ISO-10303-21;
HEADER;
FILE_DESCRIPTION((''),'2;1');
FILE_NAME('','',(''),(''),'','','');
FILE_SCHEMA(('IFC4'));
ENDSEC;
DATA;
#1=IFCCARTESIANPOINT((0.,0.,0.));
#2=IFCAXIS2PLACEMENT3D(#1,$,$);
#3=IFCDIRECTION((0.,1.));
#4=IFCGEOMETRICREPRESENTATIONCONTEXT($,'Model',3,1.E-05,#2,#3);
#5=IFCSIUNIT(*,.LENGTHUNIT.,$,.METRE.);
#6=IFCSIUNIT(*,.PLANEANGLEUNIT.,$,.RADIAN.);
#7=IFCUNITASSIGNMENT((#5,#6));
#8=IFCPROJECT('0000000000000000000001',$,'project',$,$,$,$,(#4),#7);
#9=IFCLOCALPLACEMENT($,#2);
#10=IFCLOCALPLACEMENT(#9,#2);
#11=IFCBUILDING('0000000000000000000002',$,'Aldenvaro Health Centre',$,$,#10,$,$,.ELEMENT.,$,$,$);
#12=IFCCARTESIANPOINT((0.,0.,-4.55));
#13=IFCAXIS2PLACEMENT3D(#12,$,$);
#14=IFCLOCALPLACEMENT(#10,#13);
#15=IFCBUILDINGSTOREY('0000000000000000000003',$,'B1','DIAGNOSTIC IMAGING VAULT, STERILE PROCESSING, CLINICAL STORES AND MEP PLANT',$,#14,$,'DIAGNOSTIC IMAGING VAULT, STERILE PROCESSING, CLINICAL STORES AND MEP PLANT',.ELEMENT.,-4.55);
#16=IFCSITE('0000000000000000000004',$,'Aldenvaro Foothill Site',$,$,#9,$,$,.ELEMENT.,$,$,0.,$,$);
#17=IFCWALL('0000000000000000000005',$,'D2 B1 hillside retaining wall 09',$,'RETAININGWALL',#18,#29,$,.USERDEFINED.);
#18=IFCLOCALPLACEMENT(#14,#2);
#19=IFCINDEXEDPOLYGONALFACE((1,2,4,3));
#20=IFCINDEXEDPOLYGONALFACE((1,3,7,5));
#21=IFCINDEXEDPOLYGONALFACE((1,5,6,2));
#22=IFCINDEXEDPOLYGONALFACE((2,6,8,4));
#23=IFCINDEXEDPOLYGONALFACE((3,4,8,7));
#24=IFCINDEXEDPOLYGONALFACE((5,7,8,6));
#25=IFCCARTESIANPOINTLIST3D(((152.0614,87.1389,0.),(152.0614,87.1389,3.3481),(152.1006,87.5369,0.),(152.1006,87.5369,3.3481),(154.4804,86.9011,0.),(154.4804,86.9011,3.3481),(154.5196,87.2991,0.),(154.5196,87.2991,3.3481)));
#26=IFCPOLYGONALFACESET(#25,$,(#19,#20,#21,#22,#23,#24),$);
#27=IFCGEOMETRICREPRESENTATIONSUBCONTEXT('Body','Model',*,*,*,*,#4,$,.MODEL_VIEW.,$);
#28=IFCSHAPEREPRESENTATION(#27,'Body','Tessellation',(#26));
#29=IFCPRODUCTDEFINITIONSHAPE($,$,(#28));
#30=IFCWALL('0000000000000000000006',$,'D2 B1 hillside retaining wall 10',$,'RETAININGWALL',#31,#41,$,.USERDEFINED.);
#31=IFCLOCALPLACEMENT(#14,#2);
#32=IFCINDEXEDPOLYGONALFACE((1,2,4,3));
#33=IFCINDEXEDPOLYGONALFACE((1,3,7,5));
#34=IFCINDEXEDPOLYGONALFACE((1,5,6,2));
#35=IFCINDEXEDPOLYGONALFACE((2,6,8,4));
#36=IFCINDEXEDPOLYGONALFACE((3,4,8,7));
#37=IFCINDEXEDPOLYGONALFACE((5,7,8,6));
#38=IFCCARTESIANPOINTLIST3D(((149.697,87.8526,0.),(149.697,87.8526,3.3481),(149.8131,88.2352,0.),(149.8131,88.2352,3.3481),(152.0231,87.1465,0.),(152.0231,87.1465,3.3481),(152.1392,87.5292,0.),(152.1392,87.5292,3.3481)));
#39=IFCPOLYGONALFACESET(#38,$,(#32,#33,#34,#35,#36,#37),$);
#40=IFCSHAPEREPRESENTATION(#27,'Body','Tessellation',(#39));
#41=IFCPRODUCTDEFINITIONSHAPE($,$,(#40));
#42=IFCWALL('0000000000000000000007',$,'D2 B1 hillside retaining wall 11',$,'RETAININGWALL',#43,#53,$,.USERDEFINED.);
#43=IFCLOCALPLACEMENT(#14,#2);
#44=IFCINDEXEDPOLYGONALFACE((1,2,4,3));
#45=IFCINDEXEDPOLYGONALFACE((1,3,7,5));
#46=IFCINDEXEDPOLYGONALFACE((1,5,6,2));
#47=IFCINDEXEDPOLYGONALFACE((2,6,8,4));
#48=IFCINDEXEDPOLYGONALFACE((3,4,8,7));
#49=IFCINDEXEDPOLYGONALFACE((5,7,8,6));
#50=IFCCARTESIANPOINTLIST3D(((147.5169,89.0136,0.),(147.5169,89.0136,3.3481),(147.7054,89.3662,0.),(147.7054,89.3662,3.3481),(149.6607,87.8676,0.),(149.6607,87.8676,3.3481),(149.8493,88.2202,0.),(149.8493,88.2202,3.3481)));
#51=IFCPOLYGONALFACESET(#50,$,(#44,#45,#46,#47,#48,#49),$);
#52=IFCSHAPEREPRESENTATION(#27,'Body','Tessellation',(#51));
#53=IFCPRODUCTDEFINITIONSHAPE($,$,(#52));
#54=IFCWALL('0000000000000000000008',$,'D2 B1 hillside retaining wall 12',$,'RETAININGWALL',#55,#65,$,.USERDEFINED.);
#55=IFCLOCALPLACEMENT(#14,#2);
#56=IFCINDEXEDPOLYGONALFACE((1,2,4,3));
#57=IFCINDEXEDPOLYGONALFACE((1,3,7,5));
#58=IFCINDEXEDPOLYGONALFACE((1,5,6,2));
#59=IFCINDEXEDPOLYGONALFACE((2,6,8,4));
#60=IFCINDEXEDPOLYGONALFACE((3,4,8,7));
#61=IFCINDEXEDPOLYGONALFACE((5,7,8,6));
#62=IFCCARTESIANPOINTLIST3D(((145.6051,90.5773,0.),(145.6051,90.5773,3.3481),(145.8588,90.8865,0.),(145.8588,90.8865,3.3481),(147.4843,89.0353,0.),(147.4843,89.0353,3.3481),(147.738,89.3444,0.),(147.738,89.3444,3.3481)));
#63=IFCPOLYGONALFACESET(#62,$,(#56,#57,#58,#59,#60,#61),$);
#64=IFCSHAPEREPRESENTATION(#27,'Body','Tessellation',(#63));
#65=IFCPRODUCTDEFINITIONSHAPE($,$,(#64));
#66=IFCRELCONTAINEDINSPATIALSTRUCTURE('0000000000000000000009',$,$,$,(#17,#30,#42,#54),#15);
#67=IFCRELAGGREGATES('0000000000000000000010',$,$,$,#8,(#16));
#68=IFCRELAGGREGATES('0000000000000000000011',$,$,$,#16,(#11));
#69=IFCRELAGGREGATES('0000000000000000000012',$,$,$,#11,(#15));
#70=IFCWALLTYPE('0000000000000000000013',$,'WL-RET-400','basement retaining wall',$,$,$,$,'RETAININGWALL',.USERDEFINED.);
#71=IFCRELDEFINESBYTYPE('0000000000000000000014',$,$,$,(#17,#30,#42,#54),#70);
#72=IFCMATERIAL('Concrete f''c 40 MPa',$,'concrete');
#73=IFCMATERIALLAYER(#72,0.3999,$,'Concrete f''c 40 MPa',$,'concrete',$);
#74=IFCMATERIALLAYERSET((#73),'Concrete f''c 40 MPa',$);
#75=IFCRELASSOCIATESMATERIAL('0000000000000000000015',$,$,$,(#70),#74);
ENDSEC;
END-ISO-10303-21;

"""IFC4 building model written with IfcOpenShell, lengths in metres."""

from ifc_helpers import new_model, si_unit, direction, frame, frame_2d, origin, place, context, subcontext, project, spatial, rectangle, extrude, material, layer, layer_set, type_object, element, save


model = new_model("IFC4")

# Units and contexts
model_context = context("Model", 3, precision=1e-05, world=origin(), true_north=direction((0.0, 1.0)))
body_context = subcontext(model_context, "Body", "Model", "MODEL_VIEW")
ifc_project = project(units=[si_unit("LENGTHUNIT", "METRE"), si_unit("PLANEANGLEUNIT", "RADIAN")], contexts=[model_context])

# Site, building, storey
site_placement = place(None, origin())
site = spatial("IfcSite", under=ifc_project, at=site_placement, Name="Aldenvaro Foothill Site", CompositionType="ELEMENT", RefElevation=0.0)
building_placement = place(site_placement, origin())
building = spatial("IfcBuilding", under=site, at=building_placement, Name="Aldenvaro Health Centre", CompositionType="ELEMENT")
storey_placement = place(building_placement, frame((0.0, 0.0, -4.55)))
storey = spatial("IfcBuildingStorey", under=building, at=storey_placement, Name="B1", Description="DIAGNOSTIC IMAGING VAULT, STERILE PROCESSING, CLINICAL STORES AND MEP PLANT", LongName="DIAGNOSTIC IMAGING VAULT, STERILE PROCESSING, CLINICAL STORES AND MEP PLANT", CompositionType="ELEMENT", Elevation=-4.55)

# Shared definitions
ifc_material_1 = material(Name="Concrete f'c 40 MPa", Category="concrete")

# Walls
ifc_layer_1 = layer(ifc_material_1, 0.3999, Name="Concrete f'c 40 MPa", Category="concrete")
ifc_layer_set_1 = layer_set([ifc_layer_1], Name="Concrete f'c 40 MPa")
wall_type_1 = type_object("IfcWallType", Name="WL-RET-400", Description="basement retaining wall", ElementType="RETAININGWALL", PredefinedType="USERDEFINED", material=ifc_layer_set_1)
for number, where, z_axis, x_axis, name in (
    (1, (154.5, 87.1001, 0.0), (0.0, 0.0, 1.0), (-0.995203, 0.097833, 0.0), "D2 B1 hillside retaining wall 09"),
):
    element("IfcWall", number, at=place(storey_placement, frame(where, z_axis=z_axis, x_axis=x_axis)), inside=storey, type_object=wall_type_1, Name=name, ObjectType="RETAININGWALL", PredefinedType="USERDEFINED", context=body_context, shape_type="SweptSolid", body=[
        extrude(rectangle(XDim=2.4307, YDim=0.3999, at=frame_2d((1.2153, 0.0))), origin(), (0.0, 0.0, 1.0), 3.3481),
    ])
for number, where, z_axis, x_axis, name in (
    (2, (152.0811, 87.3379, 0.0), (0.0, 0.0, 1.0), (-0.956893, 0.290442, 0.0), "D2 B1 hillside retaining wall 10"),
    (3, (149.7549, 88.0439, 0.0), (0.0, 0.0, 1.0), (-0.881902, 0.471432, 0.0), "D2 B1 hillside retaining wall 11"),
    (4, (147.6111, 89.1899, 0.0), (0.0, 0.0, 1.0), (-0.773048, 0.634347, 0.0), "D2 B1 hillside retaining wall 12"),
):
    element("IfcWall", number, at=place(storey_placement, frame(where, z_axis=z_axis, x_axis=x_axis)), inside=storey, type_object=wall_type_1, Name=name, ObjectType="RETAININGWALL", PredefinedType="USERDEFINED", context=body_context, shape_type="SweptSolid", body=[
        extrude(rectangle(XDim=2.4309, YDim=0.3999, at=frame_2d((1.2153, 0.0))), origin(), (0.0, 0.0, 1.0), 3.3481),
    ])

save(model, "model.ifc")
